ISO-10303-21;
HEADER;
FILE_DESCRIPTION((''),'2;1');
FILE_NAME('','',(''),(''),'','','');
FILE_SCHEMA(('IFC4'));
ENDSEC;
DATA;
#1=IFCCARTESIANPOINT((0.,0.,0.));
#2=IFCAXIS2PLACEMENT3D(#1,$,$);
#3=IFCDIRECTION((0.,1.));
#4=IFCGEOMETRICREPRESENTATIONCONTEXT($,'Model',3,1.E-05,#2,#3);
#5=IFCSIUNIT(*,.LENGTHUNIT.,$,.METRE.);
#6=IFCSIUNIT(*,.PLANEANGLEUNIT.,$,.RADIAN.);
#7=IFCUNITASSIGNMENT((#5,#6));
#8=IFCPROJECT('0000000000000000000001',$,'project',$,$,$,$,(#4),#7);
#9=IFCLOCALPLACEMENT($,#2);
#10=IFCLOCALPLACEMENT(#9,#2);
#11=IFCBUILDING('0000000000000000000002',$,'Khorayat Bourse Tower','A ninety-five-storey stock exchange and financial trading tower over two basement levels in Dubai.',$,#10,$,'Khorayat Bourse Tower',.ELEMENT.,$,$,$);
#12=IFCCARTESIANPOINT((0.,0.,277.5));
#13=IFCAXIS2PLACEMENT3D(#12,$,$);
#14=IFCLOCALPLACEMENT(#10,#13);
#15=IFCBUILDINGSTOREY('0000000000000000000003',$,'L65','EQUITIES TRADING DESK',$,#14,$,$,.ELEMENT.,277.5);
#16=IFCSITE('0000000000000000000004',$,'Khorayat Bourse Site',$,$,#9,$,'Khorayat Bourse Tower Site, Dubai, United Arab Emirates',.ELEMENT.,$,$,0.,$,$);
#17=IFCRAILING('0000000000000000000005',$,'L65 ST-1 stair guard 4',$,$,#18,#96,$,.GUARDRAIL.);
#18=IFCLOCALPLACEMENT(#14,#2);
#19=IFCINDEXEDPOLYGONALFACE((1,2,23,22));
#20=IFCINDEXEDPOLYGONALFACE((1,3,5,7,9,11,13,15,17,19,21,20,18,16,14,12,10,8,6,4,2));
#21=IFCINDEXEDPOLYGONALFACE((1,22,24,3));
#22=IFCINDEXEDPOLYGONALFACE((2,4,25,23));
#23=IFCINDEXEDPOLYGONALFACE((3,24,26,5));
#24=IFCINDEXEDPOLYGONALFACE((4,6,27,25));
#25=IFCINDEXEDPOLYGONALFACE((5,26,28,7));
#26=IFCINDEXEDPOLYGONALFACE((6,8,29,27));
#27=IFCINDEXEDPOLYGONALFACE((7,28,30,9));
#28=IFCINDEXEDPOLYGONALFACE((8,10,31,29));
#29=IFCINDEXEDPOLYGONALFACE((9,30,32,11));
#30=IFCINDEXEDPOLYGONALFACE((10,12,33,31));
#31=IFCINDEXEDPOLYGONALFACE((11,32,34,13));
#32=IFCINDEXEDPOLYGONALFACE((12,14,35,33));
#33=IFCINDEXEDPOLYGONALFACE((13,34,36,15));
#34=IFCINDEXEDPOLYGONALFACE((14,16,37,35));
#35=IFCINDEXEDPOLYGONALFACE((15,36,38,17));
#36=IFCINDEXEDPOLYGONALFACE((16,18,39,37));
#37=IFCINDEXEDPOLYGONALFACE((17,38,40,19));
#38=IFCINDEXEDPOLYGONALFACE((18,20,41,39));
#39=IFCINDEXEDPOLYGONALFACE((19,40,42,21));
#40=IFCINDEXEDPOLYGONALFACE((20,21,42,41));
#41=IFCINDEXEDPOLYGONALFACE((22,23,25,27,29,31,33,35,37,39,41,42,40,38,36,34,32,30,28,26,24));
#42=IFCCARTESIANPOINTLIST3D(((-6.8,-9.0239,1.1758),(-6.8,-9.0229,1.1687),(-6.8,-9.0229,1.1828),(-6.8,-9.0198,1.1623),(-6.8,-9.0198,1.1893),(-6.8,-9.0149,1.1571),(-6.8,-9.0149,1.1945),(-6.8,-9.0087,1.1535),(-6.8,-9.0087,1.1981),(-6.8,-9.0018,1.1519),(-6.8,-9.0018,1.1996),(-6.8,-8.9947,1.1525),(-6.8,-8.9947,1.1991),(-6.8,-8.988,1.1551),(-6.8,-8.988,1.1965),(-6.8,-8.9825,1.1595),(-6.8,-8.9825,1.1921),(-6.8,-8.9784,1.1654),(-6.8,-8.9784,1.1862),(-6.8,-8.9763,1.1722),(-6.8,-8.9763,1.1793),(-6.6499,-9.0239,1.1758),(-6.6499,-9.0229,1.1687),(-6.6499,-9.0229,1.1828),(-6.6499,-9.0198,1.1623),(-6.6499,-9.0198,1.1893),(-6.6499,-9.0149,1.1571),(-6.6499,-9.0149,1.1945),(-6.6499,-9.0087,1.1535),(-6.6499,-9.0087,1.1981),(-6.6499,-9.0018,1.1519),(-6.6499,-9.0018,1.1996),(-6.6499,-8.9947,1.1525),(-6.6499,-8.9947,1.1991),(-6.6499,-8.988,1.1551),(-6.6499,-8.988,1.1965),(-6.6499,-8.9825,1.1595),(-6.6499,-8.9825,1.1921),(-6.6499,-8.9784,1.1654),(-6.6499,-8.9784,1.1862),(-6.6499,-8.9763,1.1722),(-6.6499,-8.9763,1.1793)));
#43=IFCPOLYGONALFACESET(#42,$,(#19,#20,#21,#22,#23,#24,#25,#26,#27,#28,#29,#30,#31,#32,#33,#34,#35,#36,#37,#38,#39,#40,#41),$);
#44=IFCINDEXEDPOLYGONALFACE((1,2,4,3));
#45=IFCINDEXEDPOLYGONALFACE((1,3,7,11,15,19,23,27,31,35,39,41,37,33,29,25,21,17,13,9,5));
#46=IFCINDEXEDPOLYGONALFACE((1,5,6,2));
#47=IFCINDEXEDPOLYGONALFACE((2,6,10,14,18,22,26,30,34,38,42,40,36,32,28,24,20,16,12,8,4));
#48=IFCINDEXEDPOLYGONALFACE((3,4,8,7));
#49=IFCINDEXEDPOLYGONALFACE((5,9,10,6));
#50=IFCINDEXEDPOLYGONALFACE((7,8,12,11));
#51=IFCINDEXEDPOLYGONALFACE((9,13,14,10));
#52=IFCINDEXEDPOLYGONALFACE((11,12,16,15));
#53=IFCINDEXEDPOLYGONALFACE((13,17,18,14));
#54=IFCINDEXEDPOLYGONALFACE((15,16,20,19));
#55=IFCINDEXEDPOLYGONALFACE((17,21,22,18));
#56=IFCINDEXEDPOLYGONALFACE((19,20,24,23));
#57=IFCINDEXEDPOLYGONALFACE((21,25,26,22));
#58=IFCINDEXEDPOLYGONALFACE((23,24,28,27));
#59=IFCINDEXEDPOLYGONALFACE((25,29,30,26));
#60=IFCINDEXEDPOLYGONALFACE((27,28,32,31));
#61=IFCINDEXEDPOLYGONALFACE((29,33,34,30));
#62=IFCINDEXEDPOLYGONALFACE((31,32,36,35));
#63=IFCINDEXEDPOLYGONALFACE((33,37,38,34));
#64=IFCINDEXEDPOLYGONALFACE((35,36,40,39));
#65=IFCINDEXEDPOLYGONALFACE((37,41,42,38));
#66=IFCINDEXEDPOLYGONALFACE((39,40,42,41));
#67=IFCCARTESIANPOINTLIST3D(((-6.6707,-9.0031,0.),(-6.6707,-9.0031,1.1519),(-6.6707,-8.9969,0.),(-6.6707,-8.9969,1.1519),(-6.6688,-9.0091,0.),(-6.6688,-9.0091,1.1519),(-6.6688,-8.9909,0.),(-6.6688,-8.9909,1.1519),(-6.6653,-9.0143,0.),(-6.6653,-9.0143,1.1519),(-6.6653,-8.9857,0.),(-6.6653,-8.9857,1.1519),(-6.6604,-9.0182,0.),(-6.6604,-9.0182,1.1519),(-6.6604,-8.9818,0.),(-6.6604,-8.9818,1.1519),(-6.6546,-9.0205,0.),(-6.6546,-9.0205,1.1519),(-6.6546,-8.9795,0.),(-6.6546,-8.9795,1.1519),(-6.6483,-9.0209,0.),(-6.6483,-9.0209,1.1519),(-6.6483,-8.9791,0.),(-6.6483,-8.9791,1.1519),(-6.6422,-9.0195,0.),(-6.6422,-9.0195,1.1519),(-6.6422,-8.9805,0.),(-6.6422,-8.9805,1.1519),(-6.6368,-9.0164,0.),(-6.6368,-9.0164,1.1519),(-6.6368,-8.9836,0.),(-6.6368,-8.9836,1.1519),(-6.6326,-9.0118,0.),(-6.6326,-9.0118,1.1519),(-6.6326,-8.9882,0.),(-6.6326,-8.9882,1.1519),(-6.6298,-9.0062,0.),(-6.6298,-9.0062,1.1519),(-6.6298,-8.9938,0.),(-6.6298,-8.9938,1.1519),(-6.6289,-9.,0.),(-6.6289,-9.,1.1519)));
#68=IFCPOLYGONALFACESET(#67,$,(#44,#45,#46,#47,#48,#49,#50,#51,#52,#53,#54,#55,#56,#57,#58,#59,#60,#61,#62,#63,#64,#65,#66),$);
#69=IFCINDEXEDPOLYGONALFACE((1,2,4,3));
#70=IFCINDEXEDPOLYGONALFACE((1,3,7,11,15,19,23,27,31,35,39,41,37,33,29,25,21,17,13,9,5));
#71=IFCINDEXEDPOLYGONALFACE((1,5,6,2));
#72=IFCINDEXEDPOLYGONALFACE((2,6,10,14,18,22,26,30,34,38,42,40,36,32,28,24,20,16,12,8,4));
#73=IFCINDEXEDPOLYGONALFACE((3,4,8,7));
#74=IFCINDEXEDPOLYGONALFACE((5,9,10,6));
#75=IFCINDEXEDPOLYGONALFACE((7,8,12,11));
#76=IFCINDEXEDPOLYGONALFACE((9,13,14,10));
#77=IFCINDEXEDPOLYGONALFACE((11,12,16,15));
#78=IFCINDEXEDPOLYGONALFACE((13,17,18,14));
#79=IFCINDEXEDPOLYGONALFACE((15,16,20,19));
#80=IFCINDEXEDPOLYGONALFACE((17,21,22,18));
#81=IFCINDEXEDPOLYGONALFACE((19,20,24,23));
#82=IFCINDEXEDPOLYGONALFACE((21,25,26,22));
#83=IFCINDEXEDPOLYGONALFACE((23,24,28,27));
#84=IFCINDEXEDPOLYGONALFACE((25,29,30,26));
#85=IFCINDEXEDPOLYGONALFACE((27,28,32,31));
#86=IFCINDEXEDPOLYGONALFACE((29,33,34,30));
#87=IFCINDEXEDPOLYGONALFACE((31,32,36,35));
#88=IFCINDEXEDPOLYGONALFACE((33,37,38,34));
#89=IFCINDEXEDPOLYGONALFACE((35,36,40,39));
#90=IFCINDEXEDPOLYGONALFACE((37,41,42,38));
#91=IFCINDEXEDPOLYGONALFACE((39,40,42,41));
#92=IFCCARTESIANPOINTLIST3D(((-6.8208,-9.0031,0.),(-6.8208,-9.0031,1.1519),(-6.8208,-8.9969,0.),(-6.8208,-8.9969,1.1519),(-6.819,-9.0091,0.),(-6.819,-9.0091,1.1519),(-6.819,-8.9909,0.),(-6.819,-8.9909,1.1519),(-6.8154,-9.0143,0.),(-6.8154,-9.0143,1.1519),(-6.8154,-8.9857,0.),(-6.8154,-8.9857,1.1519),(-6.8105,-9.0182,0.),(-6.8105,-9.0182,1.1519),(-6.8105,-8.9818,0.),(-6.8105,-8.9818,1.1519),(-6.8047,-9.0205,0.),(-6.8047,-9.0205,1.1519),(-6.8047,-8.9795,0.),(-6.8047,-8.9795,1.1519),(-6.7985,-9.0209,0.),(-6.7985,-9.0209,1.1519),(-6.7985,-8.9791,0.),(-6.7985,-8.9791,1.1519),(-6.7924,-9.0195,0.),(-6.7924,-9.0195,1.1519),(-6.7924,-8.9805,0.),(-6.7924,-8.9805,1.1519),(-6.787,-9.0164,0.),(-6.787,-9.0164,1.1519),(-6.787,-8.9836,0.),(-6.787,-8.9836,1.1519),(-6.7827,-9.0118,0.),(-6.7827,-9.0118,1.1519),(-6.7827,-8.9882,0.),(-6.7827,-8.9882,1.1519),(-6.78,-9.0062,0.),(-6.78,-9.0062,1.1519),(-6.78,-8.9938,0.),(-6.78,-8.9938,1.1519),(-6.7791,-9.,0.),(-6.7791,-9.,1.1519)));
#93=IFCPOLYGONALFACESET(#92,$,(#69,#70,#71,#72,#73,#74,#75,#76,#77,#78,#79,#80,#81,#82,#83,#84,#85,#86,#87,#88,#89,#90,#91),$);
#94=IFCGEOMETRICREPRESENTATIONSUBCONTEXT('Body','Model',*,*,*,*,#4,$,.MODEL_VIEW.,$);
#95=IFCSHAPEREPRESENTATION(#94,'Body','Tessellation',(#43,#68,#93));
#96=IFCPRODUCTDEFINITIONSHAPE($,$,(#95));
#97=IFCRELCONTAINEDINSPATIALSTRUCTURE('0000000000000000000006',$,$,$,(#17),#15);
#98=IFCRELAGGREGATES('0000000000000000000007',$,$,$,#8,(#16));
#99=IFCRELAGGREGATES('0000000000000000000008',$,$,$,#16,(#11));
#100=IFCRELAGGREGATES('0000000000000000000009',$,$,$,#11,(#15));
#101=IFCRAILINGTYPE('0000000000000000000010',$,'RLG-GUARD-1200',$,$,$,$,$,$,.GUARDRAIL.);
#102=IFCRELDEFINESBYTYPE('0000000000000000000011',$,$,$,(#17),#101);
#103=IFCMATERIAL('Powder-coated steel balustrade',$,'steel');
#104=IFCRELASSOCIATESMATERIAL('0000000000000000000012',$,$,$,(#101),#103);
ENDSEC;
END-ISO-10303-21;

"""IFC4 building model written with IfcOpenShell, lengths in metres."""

from ifc_helpers import new_model, si_unit, direction, frame, origin, origin_2d, place, context, subcontext, project, spatial, circle, extrude, source, transform, mapped, material, type_object, element, save


model = new_model("IFC4")

# Units and contexts
model_context = context("Model", 3, precision=1e-05, world=origin(), true_north=direction((0.0, 1.0)))
body_context = subcontext(model_context, "Body", "Model", "MODEL_VIEW")
ifc_project = project(units=[si_unit("LENGTHUNIT", "METRE"), si_unit("PLANEANGLEUNIT", "RADIAN")], contexts=[model_context])

# Site, building, storey
site_placement = place(None, origin())
site = spatial("IfcSite", under=ifc_project, at=site_placement, Name="Khorayat Bourse Site", LongName="Khorayat Bourse Tower Site, Dubai, United Arab Emirates", CompositionType="ELEMENT", RefElevation=0.0)
building_placement = place(site_placement, origin())
building = spatial("IfcBuilding", under=site, at=building_placement, Name="Khorayat Bourse Tower", Description="A ninety-five-storey stock exchange and financial trading tower over two basement levels in Dubai.", LongName="Khorayat Bourse Tower", CompositionType="ELEMENT")
storey_placement = place(building_placement, frame((0.0, 0.0, 277.5)))
storey = spatial("IfcBuildingStorey", under=building, at=storey_placement, Name="L65", Description="EQUITIES TRADING DESK", CompositionType="ELEMENT", Elevation=277.5)

# Railing
ifc_material_1 = material(Name="Powder-coated steel balustrade", Category="steel")
railing_type_1 = type_object("IfcRailingType", Name="RLG-GUARD-1200", PredefinedType="GUARDRAIL", material=ifc_material_1)
shared_shape_1 = source(origin(), body_context, "Body", "SweptSolid", [
    extrude(circle(Radius=0.0239, at=origin_2d()), frame((0.0, 0.0, 1.1758), z_axis=(-1.0, 0.0, 0.0), x_axis=(0.0, -1.0, 0.0)), (0.0, 0.0, 1.0), 0.1501),
    extrude(circle(Radius=0.021, at=origin_2d()), origin(), (0.0, 0.0, 1.0), 1.1519),
    extrude(circle(Radius=0.021, at=origin_2d()), frame((-0.1501, 0.0, 0.0)), (0.0, 0.0, 1.0), 1.1519),
])
for number, where, name in (
    (1, (-6.6499, -9.0, 0.0), "L65 ST-1 stair guard 4"),
):
    element("IfcRailing", number, at=place(storey_placement, frame(where)), inside=storey, type_object=railing_type_1, Name=name, PredefinedType="GUARDRAIL", context=body_context, shape_type="MappedRepresentation", body=[
        mapped(shared_shape_1, transform((0.0, 0.0, 0.0), scale=1.0)),
    ])

save(model, "model.ifc")
